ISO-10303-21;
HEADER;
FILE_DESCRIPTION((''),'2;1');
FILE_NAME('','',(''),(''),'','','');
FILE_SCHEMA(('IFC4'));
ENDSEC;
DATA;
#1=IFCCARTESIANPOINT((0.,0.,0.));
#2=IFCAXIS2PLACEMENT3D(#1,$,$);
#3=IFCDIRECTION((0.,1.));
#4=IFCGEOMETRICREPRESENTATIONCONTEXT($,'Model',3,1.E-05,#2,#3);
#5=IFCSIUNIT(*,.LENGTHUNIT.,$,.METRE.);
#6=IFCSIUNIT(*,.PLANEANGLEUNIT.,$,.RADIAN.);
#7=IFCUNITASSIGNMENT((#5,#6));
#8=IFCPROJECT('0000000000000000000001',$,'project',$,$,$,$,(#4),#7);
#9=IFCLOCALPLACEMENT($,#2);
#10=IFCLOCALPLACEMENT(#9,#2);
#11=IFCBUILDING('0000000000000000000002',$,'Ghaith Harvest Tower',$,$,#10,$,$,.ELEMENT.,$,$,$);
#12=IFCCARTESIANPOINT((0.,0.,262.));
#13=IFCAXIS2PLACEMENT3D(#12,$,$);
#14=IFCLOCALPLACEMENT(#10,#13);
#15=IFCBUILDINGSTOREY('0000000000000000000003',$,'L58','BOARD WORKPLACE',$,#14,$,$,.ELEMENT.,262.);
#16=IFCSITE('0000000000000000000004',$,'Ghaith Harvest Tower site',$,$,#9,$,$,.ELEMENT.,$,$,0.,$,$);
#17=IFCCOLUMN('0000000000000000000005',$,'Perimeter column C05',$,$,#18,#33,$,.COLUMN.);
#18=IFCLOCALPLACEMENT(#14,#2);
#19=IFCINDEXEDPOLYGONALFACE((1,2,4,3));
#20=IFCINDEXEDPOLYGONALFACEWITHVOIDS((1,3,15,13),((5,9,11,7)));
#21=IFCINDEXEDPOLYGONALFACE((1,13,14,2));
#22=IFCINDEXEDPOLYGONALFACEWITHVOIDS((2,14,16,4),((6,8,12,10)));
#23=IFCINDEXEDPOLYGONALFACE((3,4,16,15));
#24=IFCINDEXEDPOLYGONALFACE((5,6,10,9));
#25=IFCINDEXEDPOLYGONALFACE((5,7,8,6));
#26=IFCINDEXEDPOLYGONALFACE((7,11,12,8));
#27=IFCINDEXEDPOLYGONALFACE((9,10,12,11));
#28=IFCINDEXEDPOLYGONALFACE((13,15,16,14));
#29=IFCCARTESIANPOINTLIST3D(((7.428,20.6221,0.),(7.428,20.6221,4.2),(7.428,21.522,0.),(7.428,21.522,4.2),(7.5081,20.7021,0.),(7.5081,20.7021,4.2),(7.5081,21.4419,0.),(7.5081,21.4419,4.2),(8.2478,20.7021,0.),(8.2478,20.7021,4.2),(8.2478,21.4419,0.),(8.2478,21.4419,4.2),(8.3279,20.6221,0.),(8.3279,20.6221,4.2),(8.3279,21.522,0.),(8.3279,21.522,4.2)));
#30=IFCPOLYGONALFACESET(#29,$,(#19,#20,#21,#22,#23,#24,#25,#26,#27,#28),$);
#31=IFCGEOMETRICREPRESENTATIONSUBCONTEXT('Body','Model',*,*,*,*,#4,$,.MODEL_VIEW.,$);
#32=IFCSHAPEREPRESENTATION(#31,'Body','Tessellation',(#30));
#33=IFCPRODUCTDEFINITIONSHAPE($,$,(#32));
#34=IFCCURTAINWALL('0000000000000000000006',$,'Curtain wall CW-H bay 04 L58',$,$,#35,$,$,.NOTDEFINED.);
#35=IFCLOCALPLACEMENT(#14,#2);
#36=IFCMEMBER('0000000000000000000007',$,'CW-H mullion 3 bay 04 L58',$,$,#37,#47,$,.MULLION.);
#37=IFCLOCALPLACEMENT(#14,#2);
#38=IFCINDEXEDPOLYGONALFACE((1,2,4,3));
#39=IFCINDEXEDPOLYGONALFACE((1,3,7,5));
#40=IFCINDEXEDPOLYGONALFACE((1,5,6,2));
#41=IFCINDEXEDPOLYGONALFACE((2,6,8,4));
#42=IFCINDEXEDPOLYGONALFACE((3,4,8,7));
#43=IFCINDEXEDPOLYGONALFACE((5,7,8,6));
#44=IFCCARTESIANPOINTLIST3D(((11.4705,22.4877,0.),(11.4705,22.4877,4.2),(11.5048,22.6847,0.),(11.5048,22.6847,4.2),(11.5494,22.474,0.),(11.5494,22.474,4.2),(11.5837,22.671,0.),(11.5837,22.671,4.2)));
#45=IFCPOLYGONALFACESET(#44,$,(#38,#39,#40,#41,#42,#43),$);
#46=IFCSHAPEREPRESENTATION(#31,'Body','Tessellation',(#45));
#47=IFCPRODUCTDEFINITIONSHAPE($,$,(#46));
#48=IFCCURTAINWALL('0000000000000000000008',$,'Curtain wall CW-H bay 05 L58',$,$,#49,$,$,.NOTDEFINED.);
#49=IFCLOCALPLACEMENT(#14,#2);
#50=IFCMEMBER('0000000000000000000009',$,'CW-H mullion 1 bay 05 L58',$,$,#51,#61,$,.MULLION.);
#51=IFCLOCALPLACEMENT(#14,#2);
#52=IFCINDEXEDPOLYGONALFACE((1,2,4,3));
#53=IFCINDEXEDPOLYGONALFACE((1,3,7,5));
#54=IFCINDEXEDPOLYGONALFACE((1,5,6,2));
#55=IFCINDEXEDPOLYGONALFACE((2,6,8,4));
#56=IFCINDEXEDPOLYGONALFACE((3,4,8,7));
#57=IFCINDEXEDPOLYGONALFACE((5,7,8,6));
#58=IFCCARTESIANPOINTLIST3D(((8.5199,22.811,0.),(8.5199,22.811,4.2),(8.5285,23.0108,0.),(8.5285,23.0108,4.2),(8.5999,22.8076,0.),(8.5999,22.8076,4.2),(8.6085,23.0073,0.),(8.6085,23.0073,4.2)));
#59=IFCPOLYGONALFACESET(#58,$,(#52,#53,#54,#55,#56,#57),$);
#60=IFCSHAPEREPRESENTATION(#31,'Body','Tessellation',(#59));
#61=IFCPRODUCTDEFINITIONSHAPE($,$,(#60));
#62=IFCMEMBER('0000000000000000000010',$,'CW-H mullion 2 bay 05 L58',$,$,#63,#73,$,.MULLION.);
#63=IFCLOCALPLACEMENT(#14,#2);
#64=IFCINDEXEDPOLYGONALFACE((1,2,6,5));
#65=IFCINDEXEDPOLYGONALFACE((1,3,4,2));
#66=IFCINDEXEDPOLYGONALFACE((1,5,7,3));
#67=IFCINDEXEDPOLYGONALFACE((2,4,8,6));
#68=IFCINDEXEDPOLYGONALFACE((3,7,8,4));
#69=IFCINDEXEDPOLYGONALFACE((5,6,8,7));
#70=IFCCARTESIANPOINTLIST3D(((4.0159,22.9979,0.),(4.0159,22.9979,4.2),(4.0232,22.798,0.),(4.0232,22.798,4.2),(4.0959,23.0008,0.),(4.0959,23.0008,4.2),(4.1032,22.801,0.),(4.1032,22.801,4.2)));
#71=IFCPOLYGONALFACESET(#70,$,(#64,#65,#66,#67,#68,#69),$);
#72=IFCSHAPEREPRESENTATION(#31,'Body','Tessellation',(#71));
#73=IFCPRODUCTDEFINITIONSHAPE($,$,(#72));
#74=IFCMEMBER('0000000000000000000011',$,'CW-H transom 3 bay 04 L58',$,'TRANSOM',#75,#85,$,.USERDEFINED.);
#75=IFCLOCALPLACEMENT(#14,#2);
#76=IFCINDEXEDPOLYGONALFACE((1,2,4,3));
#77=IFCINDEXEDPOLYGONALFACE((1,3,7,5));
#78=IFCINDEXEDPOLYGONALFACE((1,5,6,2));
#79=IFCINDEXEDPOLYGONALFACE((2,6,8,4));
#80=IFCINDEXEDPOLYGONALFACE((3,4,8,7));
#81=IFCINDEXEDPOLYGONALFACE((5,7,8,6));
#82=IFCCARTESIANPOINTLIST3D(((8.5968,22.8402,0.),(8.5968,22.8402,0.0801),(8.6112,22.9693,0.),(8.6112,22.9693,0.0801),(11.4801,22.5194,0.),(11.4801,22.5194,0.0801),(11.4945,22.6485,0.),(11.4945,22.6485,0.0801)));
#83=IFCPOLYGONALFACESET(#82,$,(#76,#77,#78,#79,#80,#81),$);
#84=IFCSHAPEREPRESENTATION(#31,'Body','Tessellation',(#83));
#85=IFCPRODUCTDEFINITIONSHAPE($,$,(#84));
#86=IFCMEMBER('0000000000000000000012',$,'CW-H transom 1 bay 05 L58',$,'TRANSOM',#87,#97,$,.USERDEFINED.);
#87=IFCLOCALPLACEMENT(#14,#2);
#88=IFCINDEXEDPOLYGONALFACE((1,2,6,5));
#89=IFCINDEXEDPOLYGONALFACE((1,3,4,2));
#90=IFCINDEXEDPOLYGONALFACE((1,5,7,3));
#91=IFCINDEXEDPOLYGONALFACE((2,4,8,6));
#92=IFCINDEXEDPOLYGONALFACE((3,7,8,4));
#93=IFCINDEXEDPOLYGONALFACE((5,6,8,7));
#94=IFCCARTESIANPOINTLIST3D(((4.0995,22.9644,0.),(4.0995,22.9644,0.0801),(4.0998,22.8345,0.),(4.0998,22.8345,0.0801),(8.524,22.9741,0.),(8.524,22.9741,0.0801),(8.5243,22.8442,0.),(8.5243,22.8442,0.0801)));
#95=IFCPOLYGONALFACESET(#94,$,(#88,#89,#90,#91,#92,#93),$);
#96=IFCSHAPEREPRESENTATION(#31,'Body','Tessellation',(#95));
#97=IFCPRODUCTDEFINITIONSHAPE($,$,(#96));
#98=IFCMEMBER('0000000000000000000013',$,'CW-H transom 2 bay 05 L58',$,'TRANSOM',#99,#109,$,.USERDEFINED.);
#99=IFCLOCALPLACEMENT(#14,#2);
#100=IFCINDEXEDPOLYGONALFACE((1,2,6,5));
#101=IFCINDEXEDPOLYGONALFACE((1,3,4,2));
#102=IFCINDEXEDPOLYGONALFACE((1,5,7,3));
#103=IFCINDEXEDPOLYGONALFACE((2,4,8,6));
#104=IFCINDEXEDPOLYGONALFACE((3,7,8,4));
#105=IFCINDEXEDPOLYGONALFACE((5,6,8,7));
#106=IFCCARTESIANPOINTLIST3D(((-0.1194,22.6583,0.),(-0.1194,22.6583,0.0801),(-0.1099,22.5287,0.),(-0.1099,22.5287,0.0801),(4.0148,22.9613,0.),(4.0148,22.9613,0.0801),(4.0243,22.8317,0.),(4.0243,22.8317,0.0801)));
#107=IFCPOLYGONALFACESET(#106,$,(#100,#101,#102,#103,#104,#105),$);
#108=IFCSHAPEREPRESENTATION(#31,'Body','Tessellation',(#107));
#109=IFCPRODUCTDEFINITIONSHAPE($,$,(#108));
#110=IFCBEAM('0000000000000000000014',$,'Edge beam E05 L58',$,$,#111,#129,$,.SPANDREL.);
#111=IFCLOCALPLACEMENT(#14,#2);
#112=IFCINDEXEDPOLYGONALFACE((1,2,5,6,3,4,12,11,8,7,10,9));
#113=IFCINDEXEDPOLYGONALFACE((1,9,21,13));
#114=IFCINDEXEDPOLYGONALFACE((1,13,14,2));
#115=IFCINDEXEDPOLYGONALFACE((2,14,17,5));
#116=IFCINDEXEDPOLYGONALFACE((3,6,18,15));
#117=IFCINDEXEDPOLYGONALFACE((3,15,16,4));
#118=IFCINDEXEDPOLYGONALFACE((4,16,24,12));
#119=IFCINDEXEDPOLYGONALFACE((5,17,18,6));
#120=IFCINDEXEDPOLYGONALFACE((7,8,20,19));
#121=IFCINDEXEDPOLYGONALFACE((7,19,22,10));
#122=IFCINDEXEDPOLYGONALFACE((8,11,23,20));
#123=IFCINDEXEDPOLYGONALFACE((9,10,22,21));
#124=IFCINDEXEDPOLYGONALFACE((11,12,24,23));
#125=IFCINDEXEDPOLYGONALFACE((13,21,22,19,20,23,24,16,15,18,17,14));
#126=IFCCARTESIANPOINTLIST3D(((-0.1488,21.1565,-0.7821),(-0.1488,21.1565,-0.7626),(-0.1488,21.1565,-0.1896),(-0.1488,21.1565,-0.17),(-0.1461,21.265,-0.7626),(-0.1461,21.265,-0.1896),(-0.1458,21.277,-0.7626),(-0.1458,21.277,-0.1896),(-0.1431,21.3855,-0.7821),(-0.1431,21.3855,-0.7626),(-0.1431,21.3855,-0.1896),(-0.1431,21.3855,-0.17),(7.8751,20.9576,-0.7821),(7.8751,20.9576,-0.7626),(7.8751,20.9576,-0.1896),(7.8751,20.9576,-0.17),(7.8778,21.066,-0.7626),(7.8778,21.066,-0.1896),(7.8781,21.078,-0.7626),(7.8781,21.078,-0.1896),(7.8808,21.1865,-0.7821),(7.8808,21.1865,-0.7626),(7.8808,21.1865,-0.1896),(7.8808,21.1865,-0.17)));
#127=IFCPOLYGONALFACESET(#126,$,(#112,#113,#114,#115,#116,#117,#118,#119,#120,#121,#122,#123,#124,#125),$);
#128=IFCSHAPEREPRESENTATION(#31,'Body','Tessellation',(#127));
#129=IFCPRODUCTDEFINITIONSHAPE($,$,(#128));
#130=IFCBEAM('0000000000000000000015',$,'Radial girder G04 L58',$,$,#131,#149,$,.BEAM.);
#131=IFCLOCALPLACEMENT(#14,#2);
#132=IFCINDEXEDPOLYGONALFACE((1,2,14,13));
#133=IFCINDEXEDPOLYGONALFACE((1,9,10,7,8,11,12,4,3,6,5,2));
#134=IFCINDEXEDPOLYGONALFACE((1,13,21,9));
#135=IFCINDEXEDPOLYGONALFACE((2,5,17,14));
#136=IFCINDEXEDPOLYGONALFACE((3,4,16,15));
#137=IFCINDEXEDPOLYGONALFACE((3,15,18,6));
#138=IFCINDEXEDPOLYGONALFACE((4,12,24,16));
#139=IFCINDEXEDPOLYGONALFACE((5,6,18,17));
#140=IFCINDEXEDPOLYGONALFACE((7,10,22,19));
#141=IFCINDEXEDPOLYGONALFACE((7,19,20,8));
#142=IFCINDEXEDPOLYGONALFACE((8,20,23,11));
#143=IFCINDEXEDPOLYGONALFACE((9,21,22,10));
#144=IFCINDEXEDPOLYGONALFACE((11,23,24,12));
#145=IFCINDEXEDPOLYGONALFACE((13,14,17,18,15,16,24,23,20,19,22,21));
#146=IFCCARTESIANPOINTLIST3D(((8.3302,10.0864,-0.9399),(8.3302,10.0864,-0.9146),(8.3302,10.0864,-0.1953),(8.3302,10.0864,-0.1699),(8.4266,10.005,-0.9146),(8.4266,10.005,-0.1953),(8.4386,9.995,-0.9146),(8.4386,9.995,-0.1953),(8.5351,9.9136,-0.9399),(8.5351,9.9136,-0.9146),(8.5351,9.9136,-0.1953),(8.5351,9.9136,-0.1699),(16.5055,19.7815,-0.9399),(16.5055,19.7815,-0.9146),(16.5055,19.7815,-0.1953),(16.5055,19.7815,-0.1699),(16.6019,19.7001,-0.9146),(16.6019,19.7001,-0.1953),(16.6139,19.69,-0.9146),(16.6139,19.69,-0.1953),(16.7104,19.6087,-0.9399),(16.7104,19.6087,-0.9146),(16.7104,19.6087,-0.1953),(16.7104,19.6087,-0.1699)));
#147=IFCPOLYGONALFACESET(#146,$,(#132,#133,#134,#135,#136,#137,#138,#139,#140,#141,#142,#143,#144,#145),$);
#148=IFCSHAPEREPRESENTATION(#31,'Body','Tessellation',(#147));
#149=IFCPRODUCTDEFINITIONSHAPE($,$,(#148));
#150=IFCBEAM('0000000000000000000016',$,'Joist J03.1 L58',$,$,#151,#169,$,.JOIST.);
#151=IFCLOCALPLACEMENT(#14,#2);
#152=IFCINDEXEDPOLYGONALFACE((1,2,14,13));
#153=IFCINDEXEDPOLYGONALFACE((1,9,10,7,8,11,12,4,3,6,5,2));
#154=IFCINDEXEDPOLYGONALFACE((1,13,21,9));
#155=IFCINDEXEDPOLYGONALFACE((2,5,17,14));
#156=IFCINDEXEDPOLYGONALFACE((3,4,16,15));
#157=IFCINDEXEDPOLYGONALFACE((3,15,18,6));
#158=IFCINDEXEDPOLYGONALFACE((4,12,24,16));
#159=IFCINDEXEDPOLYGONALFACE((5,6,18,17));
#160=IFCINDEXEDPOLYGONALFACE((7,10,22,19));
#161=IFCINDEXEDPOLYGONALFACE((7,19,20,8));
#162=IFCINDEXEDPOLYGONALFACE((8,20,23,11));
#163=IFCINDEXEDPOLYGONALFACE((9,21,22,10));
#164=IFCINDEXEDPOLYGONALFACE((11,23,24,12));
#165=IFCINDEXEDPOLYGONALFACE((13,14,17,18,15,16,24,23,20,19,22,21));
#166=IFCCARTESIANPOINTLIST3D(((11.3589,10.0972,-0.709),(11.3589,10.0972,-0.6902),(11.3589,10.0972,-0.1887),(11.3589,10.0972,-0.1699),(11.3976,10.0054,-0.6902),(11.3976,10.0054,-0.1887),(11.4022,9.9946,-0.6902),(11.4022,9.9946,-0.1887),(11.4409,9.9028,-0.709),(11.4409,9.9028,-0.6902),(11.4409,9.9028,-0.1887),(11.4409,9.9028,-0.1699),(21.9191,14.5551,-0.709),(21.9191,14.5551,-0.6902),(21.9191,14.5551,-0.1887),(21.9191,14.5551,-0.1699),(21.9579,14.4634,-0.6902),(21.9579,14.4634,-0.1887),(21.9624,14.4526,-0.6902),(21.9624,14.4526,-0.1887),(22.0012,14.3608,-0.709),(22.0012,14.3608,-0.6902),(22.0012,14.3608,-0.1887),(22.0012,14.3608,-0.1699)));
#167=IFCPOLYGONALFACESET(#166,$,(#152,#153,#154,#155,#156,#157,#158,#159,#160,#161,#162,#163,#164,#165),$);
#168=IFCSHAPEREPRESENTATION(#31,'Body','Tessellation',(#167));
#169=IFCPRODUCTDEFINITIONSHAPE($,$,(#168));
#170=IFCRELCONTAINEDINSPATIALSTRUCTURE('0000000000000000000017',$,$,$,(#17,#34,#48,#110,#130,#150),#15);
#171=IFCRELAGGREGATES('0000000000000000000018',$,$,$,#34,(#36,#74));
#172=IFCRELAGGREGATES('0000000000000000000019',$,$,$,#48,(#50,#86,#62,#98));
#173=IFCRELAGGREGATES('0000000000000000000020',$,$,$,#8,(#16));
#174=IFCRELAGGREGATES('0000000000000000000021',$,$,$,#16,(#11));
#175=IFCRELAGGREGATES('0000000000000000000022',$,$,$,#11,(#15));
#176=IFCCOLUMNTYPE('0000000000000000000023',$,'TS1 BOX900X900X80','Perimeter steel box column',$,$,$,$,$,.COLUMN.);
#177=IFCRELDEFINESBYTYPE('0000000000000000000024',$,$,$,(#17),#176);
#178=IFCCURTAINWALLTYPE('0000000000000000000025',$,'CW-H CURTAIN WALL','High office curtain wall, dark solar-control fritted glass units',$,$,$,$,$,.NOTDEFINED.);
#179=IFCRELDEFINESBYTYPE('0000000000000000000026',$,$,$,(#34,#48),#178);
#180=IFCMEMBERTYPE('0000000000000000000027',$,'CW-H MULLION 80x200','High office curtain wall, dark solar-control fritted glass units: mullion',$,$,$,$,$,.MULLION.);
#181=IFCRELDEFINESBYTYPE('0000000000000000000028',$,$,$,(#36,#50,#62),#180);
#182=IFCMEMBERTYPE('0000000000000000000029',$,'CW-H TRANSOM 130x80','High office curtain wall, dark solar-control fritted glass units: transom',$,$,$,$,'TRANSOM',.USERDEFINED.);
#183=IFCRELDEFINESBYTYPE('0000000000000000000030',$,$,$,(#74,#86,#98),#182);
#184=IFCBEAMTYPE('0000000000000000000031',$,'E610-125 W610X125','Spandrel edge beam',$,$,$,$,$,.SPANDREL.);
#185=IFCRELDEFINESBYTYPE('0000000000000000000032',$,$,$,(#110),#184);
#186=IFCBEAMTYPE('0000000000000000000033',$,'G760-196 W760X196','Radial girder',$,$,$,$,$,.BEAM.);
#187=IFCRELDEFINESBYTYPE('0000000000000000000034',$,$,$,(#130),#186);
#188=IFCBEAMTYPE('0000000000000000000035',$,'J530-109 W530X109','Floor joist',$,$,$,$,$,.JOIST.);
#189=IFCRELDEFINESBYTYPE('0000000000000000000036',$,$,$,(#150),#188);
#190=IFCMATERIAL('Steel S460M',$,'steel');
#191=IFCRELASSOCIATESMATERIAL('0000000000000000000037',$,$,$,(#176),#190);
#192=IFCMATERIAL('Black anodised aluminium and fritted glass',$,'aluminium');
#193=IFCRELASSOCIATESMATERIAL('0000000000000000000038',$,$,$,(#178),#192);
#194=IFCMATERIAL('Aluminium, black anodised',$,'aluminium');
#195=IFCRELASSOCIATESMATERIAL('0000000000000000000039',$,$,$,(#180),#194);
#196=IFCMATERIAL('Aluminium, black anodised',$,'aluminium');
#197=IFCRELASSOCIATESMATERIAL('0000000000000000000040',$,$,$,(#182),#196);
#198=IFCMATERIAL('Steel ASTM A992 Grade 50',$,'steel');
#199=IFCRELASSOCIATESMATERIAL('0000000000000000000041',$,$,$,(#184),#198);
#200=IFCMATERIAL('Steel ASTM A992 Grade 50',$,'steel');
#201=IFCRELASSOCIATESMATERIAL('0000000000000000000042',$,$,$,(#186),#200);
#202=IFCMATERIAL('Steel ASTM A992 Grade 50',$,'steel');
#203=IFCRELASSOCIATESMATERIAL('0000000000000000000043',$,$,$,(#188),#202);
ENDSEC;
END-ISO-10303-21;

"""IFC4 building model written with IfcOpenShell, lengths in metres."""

from ifc_helpers import new_model, si_unit, direction, frame, origin, origin_2d, place, context, subcontext, project, spatial, rectangle, hollow_rectangle, i_section, extrude, material, material_profile, profile_set, type_object, element, aggregate, save


model = new_model("IFC4")

# Units and contexts
model_context = context("Model", 3, precision=1e-05, world=origin(), true_north=direction((0.0, 1.0)))
body_context = subcontext(model_context, "Body", "Model", "MODEL_VIEW")
ifc_project = project(units=[si_unit("LENGTHUNIT", "METRE"), si_unit("PLANEANGLEUNIT", "RADIAN")], contexts=[model_context])

# Site, building, storey
site_placement = place(None, origin())
site = spatial("IfcSite", under=ifc_project, at=site_placement, Name="Ghaith Harvest Tower site", CompositionType="ELEMENT", RefElevation=0.0)
building_placement = place(site_placement, origin())
building = spatial("IfcBuilding", under=site, at=building_placement, Name="Ghaith Harvest Tower", CompositionType="ELEMENT")
storey_placement = place(building_placement, frame((0.0, 0.0, 262.0)))
storey = spatial("IfcBuildingStorey", under=building, at=storey_placement, Name="L58", Description="BOARD WORKPLACE", CompositionType="ELEMENT", Elevation=262.0)

# Column
ifc_material_1 = material(Name="Steel S460M", Category="steel")
ifc_material_profile_1 = material_profile(ifc_material_1, hollow_rectangle(XDim=0.8999, YDim=0.8999, WallThickness=0.0801, at=origin_2d()), Name="BOX900X900X80")
ifc_profile_set_1 = profile_set([ifc_material_profile_1], Name="Steel S460M")
column_type = type_object("IfcColumnType", Name="TS1 BOX900X900X80", Description="Perimeter steel box column", PredefinedType="COLUMN", material=ifc_profile_set_1)
column_placement = place(storey_placement, frame((7.8779, 21.072, 0.0), z_axis=(0.0, 0.0, 1.0), x_axis=(1.0, 0.0, 0.0)))
element("IfcColumn", 1, at=column_placement, inside=storey, type_object=column_type, Name="Perimeter column C05", PredefinedType="COLUMN", context=body_context, shape_type="SweptSolid", body=[
    extrude(hollow_rectangle(XDim=0.8999, YDim=0.8999, WallThickness=0.0801, at=origin_2d()), origin(), (0.0, 0.0, 1.0), 4.2),
])

# Curtain wall, member
ifc_material_2 = material(Name="Black anodised aluminium and fritted glass", Category="aluminium")
curtain_wall_type = type_object("IfcCurtainWallType", Name="CW-H CURTAIN WALL", Description="High office curtain wall, dark solar-control fritted glass units", PredefinedType="NOTDEFINED", material=ifc_material_2)
curtain_wall_1_placement = place(storey_placement, origin())
curtain_wall_1 = element("IfcCurtainWall", 2, at=curtain_wall_1_placement, inside=storey, type_object=curtain_wall_type, Name="Curtain wall CW-H bay 04 L58", PredefinedType="NOTDEFINED")
ifc_material_3 = material(Name="Aluminium, black anodised", Category="aluminium")
ifc_material_profile_2 = material_profile(ifc_material_3, rectangle(XDim=0.0801, YDim=0.2, at=origin_2d()), Name="CW-H MULLION 80x200")
ifc_profile_set_2 = profile_set([ifc_material_profile_2], Name="Aluminium, black anodised")
member_type_1 = type_object("IfcMemberType", Name="CW-H MULLION 80x200", Description="High office curtain wall, dark solar-control fritted glass units: mullion", PredefinedType="MULLION", material=ifc_profile_set_2)
member_1_placement = place(storey_placement, frame((11.5271, 22.5793, 0.0), z_axis=(0.0, 0.0, 1.0), x_axis=(-0.985193, 0.171447, 0.0)))
member_1 = element("IfcMember", 3, at=member_1_placement, type_object=member_type_1, Name="CW-H mullion 3 bay 04 L58", PredefinedType="MULLION", context=body_context, shape_type="SweptSolid", body=[
    extrude(rectangle(XDim=0.0801, YDim=0.2, at=origin_2d()), origin(), (0.0, 0.0, 1.0), 4.2),
])

# Curtain wall, members
curtain_wall_2_placement = place(storey_placement, origin())
curtain_wall_2 = element("IfcCurtainWall", 4, at=curtain_wall_2_placement, inside=storey, type_object=curtain_wall_type, Name="Curtain wall CW-H bay 05 L58", PredefinedType="NOTDEFINED")
member_2_placement = place(storey_placement, frame((8.5642, 22.9092, 0.0), z_axis=(0.0, 0.0, 1.0), x_axis=(-0.999084, 0.042803, 0.0)))
member_2 = element("IfcMember", 5, at=member_2_placement, type_object=member_type_1, Name="CW-H mullion 1 bay 05 L58", PredefinedType="MULLION", context=body_context, shape_type="SweptSolid", body=[
    extrude(rectangle(XDim=0.0801, YDim=0.2, at=origin_2d()), origin(), (0.0, 0.0, 1.0), 4.2),
])
member_3_placement = place(storey_placement, frame((4.0596, 22.8994, 0.0), z_axis=(0.0, 0.0, 1.0), x_axis=(-0.999333, -0.036524, 0.0)))
member_3 = element("IfcMember", 6, at=member_3_placement, type_object=member_type_1, Name="CW-H mullion 2 bay 05 L58", PredefinedType="MULLION", context=body_context, shape_type="SweptSolid", body=[
    extrude(rectangle(XDim=0.0801, YDim=0.2, at=origin_2d()), origin(), (0.0, 0.0, 1.0), 4.2),
])

# Members
ifc_material_4 = material(Name="Aluminium, black anodised", Category="aluminium")
ifc_material_profile_3 = material_profile(ifc_material_4, rectangle(XDim=0.1299, YDim=0.0801, at=origin_2d()), Name="CW-H TRANSOM 130x80")
ifc_profile_set_3 = profile_set([ifc_material_profile_3], Name="Aluminium, black anodised")
member_type_2 = type_object("IfcMemberType", Name="CW-H TRANSOM 130x80", Description="High office curtain wall, dark solar-control fritted glass units: transom", ElementType="TRANSOM", PredefinedType="USERDEFINED", material=ifc_profile_set_3)
member_4_placement = place(storey_placement, frame((11.4873, 22.584, 0.04), z_axis=(-0.993867, 0.110579, 0.0), x_axis=(-0.110579, -0.993867, 0.0)))
member_4 = element("IfcMember", 7, at=member_4_placement, type_object=member_type_2, Name="CW-H transom 3 bay 04 L58", ObjectType="TRANSOM", PredefinedType="USERDEFINED", context=body_context, shape_type="SweptSolid", body=[
    extrude(rectangle(XDim=0.1299, YDim=0.0801, at=origin_2d()), origin(), (0.0, 0.0, 1.0), 2.9011),
])
member_5_placement = place(storey_placement, frame((8.5242, 22.9092, 0.04), z_axis=(-0.999998, -0.002207, 0.0), x_axis=(0.002207, -0.999998, 0.0)))
member_5 = element("IfcMember", 8, at=member_5_placement, type_object=member_type_2, Name="CW-H transom 1 bay 05 L58", ObjectType="TRANSOM", PredefinedType="USERDEFINED", context=body_context, shape_type="SweptSolid", body=[
    extrude(rectangle(XDim=0.1299, YDim=0.0801, at=origin_2d()), origin(), (0.0, 0.0, 1.0), 4.4246),
])
member_6_placement = place(storey_placement, frame((4.0195, 22.8965, 0.04), z_axis=(-0.997325, -0.073089, 0.0), x_axis=(0.073089, -0.997325, 0.0)))
member_6 = element("IfcMember", 9, at=member_6_placement, type_object=member_type_2, Name="CW-H transom 2 bay 05 L58", ObjectType="TRANSOM", PredefinedType="USERDEFINED", context=body_context, shape_type="SweptSolid", body=[
    extrude(rectangle(XDim=0.1299, YDim=0.0801, at=origin_2d()), origin(), (0.0, 0.0, 1.0), 4.1453),
])

# Beams
ifc_material_5 = material(Name="Steel ASTM A992 Grade 50", Category="steel")
ifc_material_profile_4 = material_profile(ifc_material_5, i_section(OverallWidth=0.229, OverallDepth=0.6121, WebThickness=0.012, FlangeThickness=0.0195, at=origin_2d()), Name="W610X125")
ifc_profile_set_4 = profile_set([ifc_material_profile_4], Name="Steel ASTM A992 Grade 50")
beam_type_1 = type_object("IfcBeamType", Name="E610-125 W610X125", Description="Spandrel edge beam", PredefinedType="SPANDREL", material=ifc_profile_set_4)
beam_1_placement = place(storey_placement, frame((7.8779, 21.072, -0.4761), z_axis=(-0.999693, 0.02479, 0.0), x_axis=(-0.02479, -0.999693, 0.0)))
element("IfcBeam", 10, at=beam_1_placement, inside=storey, type_object=beam_type_1, Name="Edge beam E05 L58", PredefinedType="SPANDREL", context=body_context, shape_type="SweptSolid", body=[
    extrude(i_section(OverallWidth=0.229, OverallDepth=0.6121, WebThickness=0.012, FlangeThickness=0.0195, at=origin_2d()), origin(), (0.0, 0.0, 1.0), 8.0264),
])
ifc_material_6 = material(Name="Steel ASTM A992 Grade 50", Category="steel")
ifc_material_profile_5 = material_profile(ifc_material_6, i_section(OverallWidth=0.2681, OverallDepth=0.77, WebThickness=0.0156, FlangeThickness=0.0254, at=origin_2d()), Name="W760X196")
ifc_profile_set_5 = profile_set([ifc_material_profile_5], Name="Steel ASTM A992 Grade 50")
beam_type_2 = type_object("IfcBeamType", Name="G760-196 W760X196", Description="Radial girder", PredefinedType="BEAM", material=ifc_profile_set_5)
beam_2_placement = place(storey_placement, frame((8.4326, 10.0, -0.5549), z_axis=(0.644644, 0.764483, 0.0), x_axis=(-0.764483, 0.644644, 0.0)))
element("IfcBeam", 11, at=beam_2_placement, inside=storey, type_object=beam_type_2, Name="Radial girder G04 L58", PredefinedType="BEAM", context=body_context, shape_type="SweptSolid", body=[
    extrude(i_section(OverallWidth=0.2681, OverallDepth=0.77, WebThickness=0.0156, FlangeThickness=0.0254, at=origin_2d()), origin(), (0.0, 0.0, 1.0), 12.6819),
])
ifc_material_7 = material(Name="Steel ASTM A992 Grade 50", Category="steel")
ifc_material_profile_6 = material_profile(ifc_material_7, i_section(OverallWidth=0.2109, OverallDepth=0.5391, WebThickness=0.0117, FlangeThickness=0.0188, at=origin_2d()), Name="W530X109")
ifc_profile_set_6 = profile_set([ifc_material_profile_6], Name="Steel ASTM A992 Grade 50")
beam_type_3 = type_object("IfcBeamType", Name="J530-109 W530X109", Description="Floor joist", PredefinedType="JOIST", material=ifc_profile_set_6)
beam_3_placement = place(storey_placement, frame((11.3999, 10.0, -0.4395), z_axis=(0.921274, 0.388914, 0.0), x_axis=(-0.388914, 0.921274, 0.0)))
element("IfcBeam", 12, at=beam_3_placement, inside=storey, type_object=beam_type_3, Name="Joist J03.1 L58", PredefinedType="JOIST", context=body_context, shape_type="SweptSolid", body=[
    extrude(i_section(OverallWidth=0.2109, OverallDepth=0.5391, WebThickness=0.0117, FlangeThickness=0.0188, at=origin_2d()), origin(), (0.0, 0.0, 1.0), 11.4626),
])

aggregate(curtain_wall_1, [member_1, member_4])
aggregate(curtain_wall_2, [member_2, member_5, member_3, member_6])

save(model, "model.ifc")
